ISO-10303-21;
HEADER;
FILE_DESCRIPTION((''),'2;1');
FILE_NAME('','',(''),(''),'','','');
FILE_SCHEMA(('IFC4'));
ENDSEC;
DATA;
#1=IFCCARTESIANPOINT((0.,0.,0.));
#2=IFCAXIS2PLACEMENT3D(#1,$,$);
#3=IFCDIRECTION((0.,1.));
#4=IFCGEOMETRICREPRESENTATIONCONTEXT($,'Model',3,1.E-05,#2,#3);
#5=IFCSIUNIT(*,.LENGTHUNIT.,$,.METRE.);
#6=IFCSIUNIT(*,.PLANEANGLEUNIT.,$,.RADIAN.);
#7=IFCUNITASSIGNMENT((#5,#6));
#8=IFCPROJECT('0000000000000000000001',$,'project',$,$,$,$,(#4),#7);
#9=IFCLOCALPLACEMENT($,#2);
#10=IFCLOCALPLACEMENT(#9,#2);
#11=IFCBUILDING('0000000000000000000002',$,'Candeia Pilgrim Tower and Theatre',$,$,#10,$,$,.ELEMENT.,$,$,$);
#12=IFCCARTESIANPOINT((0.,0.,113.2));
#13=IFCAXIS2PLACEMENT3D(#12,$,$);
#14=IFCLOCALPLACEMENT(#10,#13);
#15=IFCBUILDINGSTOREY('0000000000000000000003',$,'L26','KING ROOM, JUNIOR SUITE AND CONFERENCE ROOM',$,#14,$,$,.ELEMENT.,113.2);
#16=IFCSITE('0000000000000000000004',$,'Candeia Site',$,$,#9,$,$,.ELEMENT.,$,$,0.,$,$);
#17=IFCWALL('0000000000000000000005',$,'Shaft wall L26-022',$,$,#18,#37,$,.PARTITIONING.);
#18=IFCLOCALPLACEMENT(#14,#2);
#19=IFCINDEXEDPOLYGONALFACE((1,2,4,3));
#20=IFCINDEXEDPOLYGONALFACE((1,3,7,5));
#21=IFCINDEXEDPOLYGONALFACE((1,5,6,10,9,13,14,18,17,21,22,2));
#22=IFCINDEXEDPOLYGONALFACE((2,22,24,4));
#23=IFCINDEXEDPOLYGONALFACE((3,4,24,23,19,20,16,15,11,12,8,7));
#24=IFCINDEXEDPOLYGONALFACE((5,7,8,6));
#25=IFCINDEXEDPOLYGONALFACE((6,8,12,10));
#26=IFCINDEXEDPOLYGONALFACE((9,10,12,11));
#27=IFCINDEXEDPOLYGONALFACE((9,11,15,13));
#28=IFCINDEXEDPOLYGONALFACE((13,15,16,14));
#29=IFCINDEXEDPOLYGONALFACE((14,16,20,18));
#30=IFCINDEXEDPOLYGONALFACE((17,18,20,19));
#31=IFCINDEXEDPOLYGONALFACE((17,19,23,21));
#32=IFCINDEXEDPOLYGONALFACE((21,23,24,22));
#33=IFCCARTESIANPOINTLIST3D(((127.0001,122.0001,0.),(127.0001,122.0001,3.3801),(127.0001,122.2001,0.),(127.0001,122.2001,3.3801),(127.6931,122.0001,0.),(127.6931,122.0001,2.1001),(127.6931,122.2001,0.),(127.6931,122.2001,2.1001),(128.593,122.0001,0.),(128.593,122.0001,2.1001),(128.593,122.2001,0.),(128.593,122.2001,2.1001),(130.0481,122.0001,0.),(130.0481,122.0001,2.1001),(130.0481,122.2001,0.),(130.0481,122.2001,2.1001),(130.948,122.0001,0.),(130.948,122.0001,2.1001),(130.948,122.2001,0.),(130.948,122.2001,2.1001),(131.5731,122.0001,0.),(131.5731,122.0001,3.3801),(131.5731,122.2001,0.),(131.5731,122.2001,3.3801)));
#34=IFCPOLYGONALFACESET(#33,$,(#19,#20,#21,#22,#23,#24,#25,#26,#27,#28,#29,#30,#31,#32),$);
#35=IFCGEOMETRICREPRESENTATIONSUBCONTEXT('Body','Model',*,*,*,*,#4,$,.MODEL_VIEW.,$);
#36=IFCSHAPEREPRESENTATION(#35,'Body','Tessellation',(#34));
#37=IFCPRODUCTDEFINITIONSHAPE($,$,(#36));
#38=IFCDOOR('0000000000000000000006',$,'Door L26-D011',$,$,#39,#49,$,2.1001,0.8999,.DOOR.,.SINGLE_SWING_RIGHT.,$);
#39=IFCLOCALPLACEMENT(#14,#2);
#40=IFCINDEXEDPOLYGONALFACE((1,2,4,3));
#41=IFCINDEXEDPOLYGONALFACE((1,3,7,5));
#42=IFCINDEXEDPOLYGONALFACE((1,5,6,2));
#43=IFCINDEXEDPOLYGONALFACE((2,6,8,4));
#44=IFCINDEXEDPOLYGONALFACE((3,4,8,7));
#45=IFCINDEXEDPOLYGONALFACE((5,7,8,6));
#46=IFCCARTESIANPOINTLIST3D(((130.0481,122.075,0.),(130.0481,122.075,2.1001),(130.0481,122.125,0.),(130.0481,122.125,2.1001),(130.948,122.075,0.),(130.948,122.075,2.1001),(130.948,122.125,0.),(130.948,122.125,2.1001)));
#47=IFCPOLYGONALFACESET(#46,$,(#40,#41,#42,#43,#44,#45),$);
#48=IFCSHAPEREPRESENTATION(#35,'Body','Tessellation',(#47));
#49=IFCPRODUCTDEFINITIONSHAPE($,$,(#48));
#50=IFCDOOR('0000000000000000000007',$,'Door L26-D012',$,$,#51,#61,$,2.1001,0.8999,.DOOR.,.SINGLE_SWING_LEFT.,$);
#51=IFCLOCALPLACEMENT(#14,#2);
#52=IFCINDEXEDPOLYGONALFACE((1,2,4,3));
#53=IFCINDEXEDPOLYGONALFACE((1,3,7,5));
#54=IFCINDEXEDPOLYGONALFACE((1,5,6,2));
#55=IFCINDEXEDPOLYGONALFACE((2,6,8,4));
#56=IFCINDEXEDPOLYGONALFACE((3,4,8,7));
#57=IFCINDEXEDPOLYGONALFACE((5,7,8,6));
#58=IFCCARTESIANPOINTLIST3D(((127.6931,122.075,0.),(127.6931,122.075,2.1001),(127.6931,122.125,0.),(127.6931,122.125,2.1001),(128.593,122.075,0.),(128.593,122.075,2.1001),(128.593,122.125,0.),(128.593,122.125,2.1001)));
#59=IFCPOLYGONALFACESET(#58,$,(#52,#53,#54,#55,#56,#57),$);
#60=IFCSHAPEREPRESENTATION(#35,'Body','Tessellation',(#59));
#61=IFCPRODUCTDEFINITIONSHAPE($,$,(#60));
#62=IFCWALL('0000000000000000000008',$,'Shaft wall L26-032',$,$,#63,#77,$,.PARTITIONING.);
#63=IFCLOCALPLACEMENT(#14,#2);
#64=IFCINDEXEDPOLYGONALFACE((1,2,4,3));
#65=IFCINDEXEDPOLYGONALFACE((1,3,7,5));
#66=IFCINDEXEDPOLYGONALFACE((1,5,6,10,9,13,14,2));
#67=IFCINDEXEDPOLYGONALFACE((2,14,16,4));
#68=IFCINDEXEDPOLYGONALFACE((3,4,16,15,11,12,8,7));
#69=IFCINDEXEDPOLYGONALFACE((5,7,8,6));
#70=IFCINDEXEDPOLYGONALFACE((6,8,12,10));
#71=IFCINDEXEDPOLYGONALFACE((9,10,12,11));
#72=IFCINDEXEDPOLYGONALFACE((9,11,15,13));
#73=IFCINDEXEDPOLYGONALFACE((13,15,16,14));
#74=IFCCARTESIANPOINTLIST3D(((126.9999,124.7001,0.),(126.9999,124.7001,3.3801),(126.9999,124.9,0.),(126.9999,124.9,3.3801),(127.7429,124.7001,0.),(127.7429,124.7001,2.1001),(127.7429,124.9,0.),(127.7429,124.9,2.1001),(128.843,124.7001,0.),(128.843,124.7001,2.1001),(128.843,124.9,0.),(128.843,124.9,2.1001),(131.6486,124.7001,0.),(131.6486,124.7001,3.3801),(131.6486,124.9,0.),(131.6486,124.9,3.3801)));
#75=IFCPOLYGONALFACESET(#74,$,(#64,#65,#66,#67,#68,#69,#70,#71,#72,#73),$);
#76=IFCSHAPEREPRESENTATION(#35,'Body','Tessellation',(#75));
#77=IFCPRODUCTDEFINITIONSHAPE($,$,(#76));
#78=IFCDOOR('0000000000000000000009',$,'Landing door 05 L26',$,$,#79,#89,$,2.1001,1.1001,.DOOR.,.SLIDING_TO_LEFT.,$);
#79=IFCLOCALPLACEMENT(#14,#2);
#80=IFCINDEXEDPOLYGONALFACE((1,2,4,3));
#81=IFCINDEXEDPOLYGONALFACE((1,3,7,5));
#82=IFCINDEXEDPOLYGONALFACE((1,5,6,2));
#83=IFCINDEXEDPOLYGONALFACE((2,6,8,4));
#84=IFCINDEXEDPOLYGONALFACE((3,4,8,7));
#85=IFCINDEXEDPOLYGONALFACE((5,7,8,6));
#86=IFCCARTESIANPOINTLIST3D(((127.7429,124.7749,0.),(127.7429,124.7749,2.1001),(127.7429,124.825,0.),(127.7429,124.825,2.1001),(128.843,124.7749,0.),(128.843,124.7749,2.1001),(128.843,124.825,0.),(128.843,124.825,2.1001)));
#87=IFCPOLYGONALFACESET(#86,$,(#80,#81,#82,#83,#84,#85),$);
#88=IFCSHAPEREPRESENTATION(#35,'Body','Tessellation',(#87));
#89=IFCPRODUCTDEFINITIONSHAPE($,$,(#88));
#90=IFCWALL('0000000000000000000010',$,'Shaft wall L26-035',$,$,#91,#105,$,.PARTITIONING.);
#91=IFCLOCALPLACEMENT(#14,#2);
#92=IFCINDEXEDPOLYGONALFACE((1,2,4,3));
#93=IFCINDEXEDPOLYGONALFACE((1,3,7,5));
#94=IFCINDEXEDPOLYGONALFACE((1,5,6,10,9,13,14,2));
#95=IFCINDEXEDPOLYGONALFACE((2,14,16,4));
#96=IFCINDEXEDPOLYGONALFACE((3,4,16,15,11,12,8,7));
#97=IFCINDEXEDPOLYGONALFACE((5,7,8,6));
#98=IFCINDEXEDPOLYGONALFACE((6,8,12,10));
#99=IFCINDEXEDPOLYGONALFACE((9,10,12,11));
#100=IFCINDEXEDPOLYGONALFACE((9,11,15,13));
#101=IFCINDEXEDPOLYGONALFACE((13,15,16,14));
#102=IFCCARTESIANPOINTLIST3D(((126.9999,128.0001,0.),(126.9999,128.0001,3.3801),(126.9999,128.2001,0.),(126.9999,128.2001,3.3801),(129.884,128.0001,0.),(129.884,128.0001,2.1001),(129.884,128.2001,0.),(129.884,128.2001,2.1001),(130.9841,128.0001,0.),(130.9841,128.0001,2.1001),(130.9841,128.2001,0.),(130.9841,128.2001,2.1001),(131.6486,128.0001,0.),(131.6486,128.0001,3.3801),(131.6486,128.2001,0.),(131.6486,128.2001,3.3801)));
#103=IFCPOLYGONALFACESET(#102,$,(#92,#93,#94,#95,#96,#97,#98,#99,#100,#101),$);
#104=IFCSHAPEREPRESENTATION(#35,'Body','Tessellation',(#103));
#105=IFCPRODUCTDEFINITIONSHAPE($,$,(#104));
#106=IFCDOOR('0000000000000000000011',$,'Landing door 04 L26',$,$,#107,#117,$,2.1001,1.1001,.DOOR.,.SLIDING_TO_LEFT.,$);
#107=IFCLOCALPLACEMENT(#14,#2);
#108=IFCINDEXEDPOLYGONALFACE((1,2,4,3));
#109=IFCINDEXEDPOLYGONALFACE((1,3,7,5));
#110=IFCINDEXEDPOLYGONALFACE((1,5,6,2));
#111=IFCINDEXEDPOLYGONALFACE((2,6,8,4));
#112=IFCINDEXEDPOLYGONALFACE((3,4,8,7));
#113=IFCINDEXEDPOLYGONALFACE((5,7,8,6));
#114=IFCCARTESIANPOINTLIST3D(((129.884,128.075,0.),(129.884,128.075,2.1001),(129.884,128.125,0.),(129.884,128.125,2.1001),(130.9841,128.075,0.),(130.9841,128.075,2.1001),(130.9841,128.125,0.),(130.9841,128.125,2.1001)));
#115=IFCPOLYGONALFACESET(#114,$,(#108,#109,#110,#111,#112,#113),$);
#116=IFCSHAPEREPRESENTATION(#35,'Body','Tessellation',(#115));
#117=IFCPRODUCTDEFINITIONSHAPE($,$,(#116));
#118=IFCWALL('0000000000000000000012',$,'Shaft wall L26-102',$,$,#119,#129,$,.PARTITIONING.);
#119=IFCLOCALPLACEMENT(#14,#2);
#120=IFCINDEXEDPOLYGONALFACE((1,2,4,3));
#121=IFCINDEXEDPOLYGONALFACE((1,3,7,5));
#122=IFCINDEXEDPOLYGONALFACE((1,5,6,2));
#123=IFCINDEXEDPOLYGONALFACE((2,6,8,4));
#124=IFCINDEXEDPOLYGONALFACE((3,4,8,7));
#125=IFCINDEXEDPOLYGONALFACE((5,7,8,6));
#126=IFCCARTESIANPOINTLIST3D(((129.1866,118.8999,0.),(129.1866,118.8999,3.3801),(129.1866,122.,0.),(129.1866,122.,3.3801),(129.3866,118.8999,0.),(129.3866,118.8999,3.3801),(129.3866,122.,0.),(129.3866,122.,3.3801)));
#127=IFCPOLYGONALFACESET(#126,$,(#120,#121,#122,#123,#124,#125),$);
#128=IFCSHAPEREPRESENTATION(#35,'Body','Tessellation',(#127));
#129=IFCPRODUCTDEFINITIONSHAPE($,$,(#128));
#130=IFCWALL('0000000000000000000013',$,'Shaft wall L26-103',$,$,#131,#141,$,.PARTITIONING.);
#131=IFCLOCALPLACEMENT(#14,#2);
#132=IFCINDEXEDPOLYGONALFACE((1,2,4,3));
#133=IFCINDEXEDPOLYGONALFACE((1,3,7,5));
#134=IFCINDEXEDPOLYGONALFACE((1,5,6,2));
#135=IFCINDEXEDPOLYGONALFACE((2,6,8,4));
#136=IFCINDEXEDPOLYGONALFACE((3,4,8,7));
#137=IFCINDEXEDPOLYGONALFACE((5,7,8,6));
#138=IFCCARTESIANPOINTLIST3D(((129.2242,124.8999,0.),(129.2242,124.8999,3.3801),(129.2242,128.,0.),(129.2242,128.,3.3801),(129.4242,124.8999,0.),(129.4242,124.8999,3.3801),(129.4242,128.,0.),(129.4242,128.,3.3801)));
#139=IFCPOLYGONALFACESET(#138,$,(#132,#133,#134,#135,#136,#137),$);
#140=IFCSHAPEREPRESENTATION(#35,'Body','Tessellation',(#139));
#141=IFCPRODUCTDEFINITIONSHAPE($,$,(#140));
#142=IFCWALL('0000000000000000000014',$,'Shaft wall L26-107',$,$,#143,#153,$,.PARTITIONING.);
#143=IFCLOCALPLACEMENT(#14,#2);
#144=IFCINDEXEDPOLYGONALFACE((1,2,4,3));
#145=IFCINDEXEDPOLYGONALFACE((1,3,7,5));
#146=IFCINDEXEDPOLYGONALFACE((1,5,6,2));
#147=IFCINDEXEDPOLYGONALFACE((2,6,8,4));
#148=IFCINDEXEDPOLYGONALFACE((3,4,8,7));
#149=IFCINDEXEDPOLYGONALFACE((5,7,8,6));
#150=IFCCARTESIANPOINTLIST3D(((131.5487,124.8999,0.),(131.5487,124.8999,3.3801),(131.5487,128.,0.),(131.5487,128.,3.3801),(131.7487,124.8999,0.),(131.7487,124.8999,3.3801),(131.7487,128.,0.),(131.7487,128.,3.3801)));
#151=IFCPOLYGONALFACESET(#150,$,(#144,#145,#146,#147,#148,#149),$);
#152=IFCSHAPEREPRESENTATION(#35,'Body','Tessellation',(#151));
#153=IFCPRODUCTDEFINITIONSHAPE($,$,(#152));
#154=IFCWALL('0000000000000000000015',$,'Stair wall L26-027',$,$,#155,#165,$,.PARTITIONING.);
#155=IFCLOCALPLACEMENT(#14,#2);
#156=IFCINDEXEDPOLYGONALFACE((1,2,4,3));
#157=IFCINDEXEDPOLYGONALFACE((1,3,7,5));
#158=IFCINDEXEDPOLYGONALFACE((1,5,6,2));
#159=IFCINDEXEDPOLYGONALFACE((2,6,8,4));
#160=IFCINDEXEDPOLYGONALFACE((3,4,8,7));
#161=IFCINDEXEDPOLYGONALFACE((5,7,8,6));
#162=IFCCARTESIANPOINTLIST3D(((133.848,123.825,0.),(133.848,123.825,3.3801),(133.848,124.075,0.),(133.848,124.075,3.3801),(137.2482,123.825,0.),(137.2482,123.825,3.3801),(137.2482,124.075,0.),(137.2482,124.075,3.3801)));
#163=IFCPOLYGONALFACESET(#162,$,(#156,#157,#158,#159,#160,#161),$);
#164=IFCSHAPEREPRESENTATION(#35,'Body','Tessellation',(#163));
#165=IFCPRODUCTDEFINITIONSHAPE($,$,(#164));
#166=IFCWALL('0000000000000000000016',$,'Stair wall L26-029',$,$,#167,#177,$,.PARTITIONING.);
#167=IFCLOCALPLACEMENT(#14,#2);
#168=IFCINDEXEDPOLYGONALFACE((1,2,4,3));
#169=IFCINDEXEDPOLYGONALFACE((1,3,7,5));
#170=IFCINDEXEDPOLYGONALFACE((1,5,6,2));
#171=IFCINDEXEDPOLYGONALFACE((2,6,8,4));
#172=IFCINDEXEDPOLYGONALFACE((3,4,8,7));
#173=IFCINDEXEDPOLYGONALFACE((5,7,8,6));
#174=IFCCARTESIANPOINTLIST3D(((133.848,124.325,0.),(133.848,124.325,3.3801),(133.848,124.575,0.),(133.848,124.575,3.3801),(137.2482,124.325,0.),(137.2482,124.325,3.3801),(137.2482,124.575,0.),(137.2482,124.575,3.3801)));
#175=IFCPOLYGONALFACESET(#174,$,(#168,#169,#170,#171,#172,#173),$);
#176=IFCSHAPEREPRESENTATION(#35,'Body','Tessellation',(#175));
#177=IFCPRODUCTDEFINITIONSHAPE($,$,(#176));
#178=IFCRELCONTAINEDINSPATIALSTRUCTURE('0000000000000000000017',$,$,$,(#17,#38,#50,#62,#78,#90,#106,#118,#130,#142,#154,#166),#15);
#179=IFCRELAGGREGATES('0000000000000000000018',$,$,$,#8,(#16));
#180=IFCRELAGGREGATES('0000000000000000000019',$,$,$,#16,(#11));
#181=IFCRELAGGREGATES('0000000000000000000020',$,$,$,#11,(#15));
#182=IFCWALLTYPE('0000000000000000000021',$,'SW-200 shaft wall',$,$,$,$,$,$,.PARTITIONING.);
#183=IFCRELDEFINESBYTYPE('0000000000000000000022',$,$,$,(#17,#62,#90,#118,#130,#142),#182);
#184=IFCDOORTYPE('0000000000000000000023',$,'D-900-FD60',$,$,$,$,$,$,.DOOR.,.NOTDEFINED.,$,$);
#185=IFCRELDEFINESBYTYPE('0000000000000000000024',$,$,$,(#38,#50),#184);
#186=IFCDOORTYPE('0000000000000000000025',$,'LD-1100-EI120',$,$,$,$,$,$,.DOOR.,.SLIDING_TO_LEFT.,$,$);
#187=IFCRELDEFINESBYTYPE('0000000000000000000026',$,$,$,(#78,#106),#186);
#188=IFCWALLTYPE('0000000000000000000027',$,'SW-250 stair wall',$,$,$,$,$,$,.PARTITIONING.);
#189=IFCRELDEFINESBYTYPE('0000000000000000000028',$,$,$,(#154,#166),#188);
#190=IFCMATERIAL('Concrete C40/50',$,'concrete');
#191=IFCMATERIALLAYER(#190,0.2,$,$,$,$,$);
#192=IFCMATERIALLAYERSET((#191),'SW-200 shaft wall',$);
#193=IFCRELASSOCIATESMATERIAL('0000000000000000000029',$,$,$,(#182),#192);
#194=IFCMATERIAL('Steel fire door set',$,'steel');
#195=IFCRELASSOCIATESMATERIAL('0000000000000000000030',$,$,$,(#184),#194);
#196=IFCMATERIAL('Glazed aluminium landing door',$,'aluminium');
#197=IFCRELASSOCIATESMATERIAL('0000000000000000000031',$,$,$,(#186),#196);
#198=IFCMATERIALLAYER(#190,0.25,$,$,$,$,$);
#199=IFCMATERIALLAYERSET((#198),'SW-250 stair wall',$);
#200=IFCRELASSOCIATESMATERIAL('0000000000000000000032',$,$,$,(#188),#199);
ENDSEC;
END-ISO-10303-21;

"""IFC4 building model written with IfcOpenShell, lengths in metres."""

from ifc_helpers import new_model, si_unit, direction, frame, frame_2d, origin, place, context, subcontext, project, spatial, rectangle, extrude, material, layer, layer_set, type_object, element, fill, save


model = new_model("IFC4")

# Units and contexts
model_context = context("Model", 3, precision=1e-05, world=origin(), true_north=direction((0.0, 1.0)))
body_context = subcontext(model_context, "Body", "Model", "MODEL_VIEW")
ifc_project = project(units=[si_unit("LENGTHUNIT", "METRE"), si_unit("PLANEANGLEUNIT", "RADIAN")], contexts=[model_context])

# Site, building, storey
site_placement = place(None, origin())
site = spatial("IfcSite", under=ifc_project, at=site_placement, Name="Candeia Site", CompositionType="ELEMENT", RefElevation=0.0)
building_placement = place(site_placement, origin())
building = spatial("IfcBuilding", under=site, at=building_placement, Name="Candeia Pilgrim Tower and Theatre", CompositionType="ELEMENT")
storey_placement = place(building_placement, frame((0.0, 0.0, 113.2)))
storey = spatial("IfcBuildingStorey", under=building, at=storey_placement, Name="L26", Description="KING ROOM, JUNIOR SUITE AND CONFERENCE ROOM", CompositionType="ELEMENT", Elevation=113.2)

# Shared definitions
ifc_material_1 = material(Name="Steel fire door set", Category="steel")

# Wall, openings, doors
ifc_material_2 = material(Name="Concrete C40/50", Category="concrete")
ifc_layer_1 = layer(ifc_material_2, 0.2)
ifc_layer_set_1 = layer_set([ifc_layer_1], Name="SW-200 shaft wall")
wall_type_1 = type_object("IfcWallType", Name="SW-200 shaft wall", PredefinedType="PARTITIONING", material=ifc_layer_set_1)
wall_1_placement = place(storey_placement, frame((127.0, 122.1001, 0.0), z_axis=(0.0, 0.0, 1.0), x_axis=(1.0, 0.0, 0.0)))
wall_1 = element("IfcWall", 1, at=wall_1_placement, inside=storey, type_object=wall_type_1, Name="Shaft wall L26-022", PredefinedType="PARTITIONING", context=body_context, shape_type="SweptSolid", body=[
    extrude(rectangle(XDim=4.573, YDim=0.2, at=frame_2d((2.2866, 0.0))), origin(), (0.0, 0.0, 1.0), 3.3801),
])
opening_1_placement = place(wall_1_placement, frame((3.0481, 0.0, 0.0)))
opening_1 = element("IfcOpeningElement", 2, at=opening_1_placement, cuts=wall_1, PredefinedType="OPENING", context=body_context, shape_type="SweptSolid", body=[
    extrude(rectangle(XDim=0.8999, YDim=2.1001, at=frame_2d((0.45, 1.05))), frame((0.0, 0.1099, 0.0), z_axis=(0.0, -1.0, 0.0), x_axis=(1.0, 0.0, 0.0)), (0.0, 0.0, 1.0), 0.22),
])
opening_2_placement = place(wall_1_placement, frame((0.6931, 0.0, 0.0)))
opening_2 = element("IfcOpeningElement", 3, at=opening_2_placement, cuts=wall_1, PredefinedType="OPENING", context=body_context, shape_type="SweptSolid", body=[
    extrude(rectangle(XDim=0.8999, YDim=2.1001, at=frame_2d((0.45, 1.05))), frame((0.0, 0.1099, 0.0), z_axis=(0.0, -1.0, 0.0), x_axis=(1.0, 0.0, 0.0)), (0.0, 0.0, 1.0), 0.22),
])
door_type_1 = type_object("IfcDoorType", Name="D-900-FD60", OperationType="NOTDEFINED", PredefinedType="DOOR", material=ifc_material_1)
door_1_placement = place(opening_1_placement, origin())
door_1 = element("IfcDoor", 4, at=door_1_placement, inside=storey, type_object=door_type_1, Name="Door L26-D011", OperationType="SINGLE_SWING_RIGHT", OverallHeight=2.1001, OverallWidth=0.8999, PredefinedType="DOOR", context=body_context, shape_type="SweptSolid", body=[
    extrude(rectangle(XDim=0.8999, YDim=2.1001, at=frame_2d((0.45, 1.05))), frame((0.0, 0.0249, 0.0), z_axis=(0.0, -1.0, 0.0), x_axis=(1.0, 0.0, 0.0)), (0.0, 0.0, 1.0), 0.05),
])
fill(opening_1, door_1)
door_2_placement = place(opening_2_placement, origin())
door_2 = element("IfcDoor", 5, at=door_2_placement, inside=storey, type_object=door_type_1, Name="Door L26-D012", OperationType="SINGLE_SWING_LEFT", OverallHeight=2.1001, OverallWidth=0.8999, PredefinedType="DOOR", context=body_context, shape_type="SweptSolid", body=[
    extrude(rectangle(XDim=0.8999, YDim=2.1001, at=frame_2d((0.45, 1.05))), frame((0.0, 0.0249, 0.0), z_axis=(0.0, -1.0, 0.0), x_axis=(1.0, 0.0, 0.0)), (0.0, 0.0, 1.0), 0.05),
])
fill(opening_2, door_2)

# Walls, openings, doors
wall_2_placement = place(storey_placement, frame((127.0, 124.8, 0.0), z_axis=(0.0, 0.0, 1.0), x_axis=(1.0, 0.0, 0.0)))
wall_2 = element("IfcWall", 6, at=wall_2_placement, inside=storey, type_object=wall_type_1, Name="Shaft wall L26-032", PredefinedType="PARTITIONING", context=body_context, shape_type="SweptSolid", body=[
    extrude(rectangle(XDim=4.6487, YDim=0.2, at=frame_2d((2.3242, 0.0))), origin(), (0.0, 0.0, 1.0), 3.3801),
])
opening_3_placement = place(wall_2_placement, frame((0.7429, 0.0, 0.0)))
opening_3 = element("IfcOpeningElement", 7, at=opening_3_placement, cuts=wall_2, PredefinedType="OPENING", context=body_context, shape_type="SweptSolid", body=[
    extrude(rectangle(XDim=1.1001, YDim=2.1001, at=frame_2d((0.55, 1.05))), frame((0.0, 0.1099, 0.0), z_axis=(0.0, -1.0, 0.0), x_axis=(1.0, 0.0, 0.0)), (0.0, 0.0, 1.0), 0.22),
])
ifc_material_3 = material(Name="Glazed aluminium landing door", Category="aluminium")
door_type_2 = type_object("IfcDoorType", Name="LD-1100-EI120", OperationType="SLIDING_TO_LEFT", PredefinedType="DOOR", material=ifc_material_3)
door_3_placement = place(opening_3_placement, origin())
door_3 = element("IfcDoor", 8, at=door_3_placement, inside=storey, type_object=door_type_2, Name="Landing door 05 L26", OperationType="SLIDING_TO_LEFT", OverallHeight=2.1001, OverallWidth=1.1001, PredefinedType="DOOR", context=body_context, shape_type="SweptSolid", body=[
    extrude(rectangle(XDim=1.1001, YDim=2.1001, at=frame_2d((0.55, 1.05))), frame((0.0, 0.0249, 0.0), z_axis=(0.0, -1.0, 0.0), x_axis=(1.0, 0.0, 0.0)), (0.0, 0.0, 1.0), 0.05),
])
fill(opening_3, door_3)
wall_3_placement = place(storey_placement, frame((127.0, 128.1001, 0.0), z_axis=(0.0, 0.0, 1.0), x_axis=(1.0, 0.0, 0.0)))
wall_3 = element("IfcWall", 9, at=wall_3_placement, inside=storey, type_object=wall_type_1, Name="Shaft wall L26-035", PredefinedType="PARTITIONING", context=body_context, shape_type="SweptSolid", body=[
    extrude(rectangle(XDim=4.6487, YDim=0.2, at=frame_2d((2.3242, 0.0))), origin(), (0.0, 0.0, 1.0), 3.3801),
])
opening_4_placement = place(wall_3_placement, frame((2.884, 0.0, 0.0)))
opening_4 = element("IfcOpeningElement", 10, at=opening_4_placement, cuts=wall_3, PredefinedType="OPENING", context=body_context, shape_type="SweptSolid", body=[
    extrude(rectangle(XDim=1.1001, YDim=2.1001, at=frame_2d((0.55, 1.05))), frame((0.0, 0.1099, 0.0), z_axis=(0.0, -1.0, 0.0), x_axis=(1.0, 0.0, 0.0)), (0.0, 0.0, 1.0), 0.22),
])
door_4_placement = place(opening_4_placement, origin())
door_4 = element("IfcDoor", 11, at=door_4_placement, inside=storey, type_object=door_type_2, Name="Landing door 04 L26", OperationType="SLIDING_TO_LEFT", OverallHeight=2.1001, OverallWidth=1.1001, PredefinedType="DOOR", context=body_context, shape_type="SweptSolid", body=[
    extrude(rectangle(XDim=1.1001, YDim=2.1001, at=frame_2d((0.55, 1.05))), frame((0.0, 0.0249, 0.0), z_axis=(0.0, -1.0, 0.0), x_axis=(1.0, 0.0, 0.0)), (0.0, 0.0, 1.0), 0.05),
])
fill(opening_4, door_4)

# Walls
for number, where, z_axis, x_axis, name in (
    (12, (129.2866, 118.8999, 0.0), (0.0, 0.0, 1.0), (0.0, 1.0, 0.0), "Shaft wall L26-102"),
    (13, (129.3242, 124.8999, 0.0), (0.0, 0.0, 1.0), (0.0, 1.0, 0.0), "Shaft wall L26-103"),
    (14, (131.6487, 124.8999, 0.0), (0.0, 0.0, 1.0), (0.0, 1.0, 0.0), "Shaft wall L26-107"),
):
    element("IfcWall", number, at=place(storey_placement, frame(where, z_axis=z_axis, x_axis=x_axis)), inside=storey, type_object=wall_type_1, Name=name, PredefinedType="PARTITIONING", context=body_context, shape_type="SweptSolid", body=[
        extrude(rectangle(XDim=3.1001, YDim=0.2, at=frame_2d((1.55, 0.0))), origin(), (0.0, 0.0, 1.0), 3.3801),
    ])
ifc_layer_2 = layer(ifc_material_2, 0.25)
ifc_layer_set_2 = layer_set([ifc_layer_2], Name="SW-250 stair wall")
wall_type_2 = type_object("IfcWallType", Name="SW-250 stair wall", PredefinedType="PARTITIONING", material=ifc_layer_set_2)
for number, where, z_axis, x_axis, name in (
    (15, (133.8479, 123.95, 0.0), (0.0, 0.0, 1.0), (1.0, 0.0, 0.0), "Stair wall L26-027"),
    (16, (133.8479, 124.45, 0.0), (0.0, 0.0, 1.0), (1.0, 0.0, 0.0), "Stair wall L26-029"),
):
    element("IfcWall", number, at=place(storey_placement, frame(where, z_axis=z_axis, x_axis=x_axis)), inside=storey, type_object=wall_type_2, Name=name, PredefinedType="PARTITIONING", context=body_context, shape_type="SweptSolid", body=[
        extrude(rectangle(XDim=3.4001, YDim=0.25, at=frame_2d((1.7002, 0.0))), origin(), (0.0, 0.0, 1.0), 3.3801),
    ])

save(model, "model.ifc")
